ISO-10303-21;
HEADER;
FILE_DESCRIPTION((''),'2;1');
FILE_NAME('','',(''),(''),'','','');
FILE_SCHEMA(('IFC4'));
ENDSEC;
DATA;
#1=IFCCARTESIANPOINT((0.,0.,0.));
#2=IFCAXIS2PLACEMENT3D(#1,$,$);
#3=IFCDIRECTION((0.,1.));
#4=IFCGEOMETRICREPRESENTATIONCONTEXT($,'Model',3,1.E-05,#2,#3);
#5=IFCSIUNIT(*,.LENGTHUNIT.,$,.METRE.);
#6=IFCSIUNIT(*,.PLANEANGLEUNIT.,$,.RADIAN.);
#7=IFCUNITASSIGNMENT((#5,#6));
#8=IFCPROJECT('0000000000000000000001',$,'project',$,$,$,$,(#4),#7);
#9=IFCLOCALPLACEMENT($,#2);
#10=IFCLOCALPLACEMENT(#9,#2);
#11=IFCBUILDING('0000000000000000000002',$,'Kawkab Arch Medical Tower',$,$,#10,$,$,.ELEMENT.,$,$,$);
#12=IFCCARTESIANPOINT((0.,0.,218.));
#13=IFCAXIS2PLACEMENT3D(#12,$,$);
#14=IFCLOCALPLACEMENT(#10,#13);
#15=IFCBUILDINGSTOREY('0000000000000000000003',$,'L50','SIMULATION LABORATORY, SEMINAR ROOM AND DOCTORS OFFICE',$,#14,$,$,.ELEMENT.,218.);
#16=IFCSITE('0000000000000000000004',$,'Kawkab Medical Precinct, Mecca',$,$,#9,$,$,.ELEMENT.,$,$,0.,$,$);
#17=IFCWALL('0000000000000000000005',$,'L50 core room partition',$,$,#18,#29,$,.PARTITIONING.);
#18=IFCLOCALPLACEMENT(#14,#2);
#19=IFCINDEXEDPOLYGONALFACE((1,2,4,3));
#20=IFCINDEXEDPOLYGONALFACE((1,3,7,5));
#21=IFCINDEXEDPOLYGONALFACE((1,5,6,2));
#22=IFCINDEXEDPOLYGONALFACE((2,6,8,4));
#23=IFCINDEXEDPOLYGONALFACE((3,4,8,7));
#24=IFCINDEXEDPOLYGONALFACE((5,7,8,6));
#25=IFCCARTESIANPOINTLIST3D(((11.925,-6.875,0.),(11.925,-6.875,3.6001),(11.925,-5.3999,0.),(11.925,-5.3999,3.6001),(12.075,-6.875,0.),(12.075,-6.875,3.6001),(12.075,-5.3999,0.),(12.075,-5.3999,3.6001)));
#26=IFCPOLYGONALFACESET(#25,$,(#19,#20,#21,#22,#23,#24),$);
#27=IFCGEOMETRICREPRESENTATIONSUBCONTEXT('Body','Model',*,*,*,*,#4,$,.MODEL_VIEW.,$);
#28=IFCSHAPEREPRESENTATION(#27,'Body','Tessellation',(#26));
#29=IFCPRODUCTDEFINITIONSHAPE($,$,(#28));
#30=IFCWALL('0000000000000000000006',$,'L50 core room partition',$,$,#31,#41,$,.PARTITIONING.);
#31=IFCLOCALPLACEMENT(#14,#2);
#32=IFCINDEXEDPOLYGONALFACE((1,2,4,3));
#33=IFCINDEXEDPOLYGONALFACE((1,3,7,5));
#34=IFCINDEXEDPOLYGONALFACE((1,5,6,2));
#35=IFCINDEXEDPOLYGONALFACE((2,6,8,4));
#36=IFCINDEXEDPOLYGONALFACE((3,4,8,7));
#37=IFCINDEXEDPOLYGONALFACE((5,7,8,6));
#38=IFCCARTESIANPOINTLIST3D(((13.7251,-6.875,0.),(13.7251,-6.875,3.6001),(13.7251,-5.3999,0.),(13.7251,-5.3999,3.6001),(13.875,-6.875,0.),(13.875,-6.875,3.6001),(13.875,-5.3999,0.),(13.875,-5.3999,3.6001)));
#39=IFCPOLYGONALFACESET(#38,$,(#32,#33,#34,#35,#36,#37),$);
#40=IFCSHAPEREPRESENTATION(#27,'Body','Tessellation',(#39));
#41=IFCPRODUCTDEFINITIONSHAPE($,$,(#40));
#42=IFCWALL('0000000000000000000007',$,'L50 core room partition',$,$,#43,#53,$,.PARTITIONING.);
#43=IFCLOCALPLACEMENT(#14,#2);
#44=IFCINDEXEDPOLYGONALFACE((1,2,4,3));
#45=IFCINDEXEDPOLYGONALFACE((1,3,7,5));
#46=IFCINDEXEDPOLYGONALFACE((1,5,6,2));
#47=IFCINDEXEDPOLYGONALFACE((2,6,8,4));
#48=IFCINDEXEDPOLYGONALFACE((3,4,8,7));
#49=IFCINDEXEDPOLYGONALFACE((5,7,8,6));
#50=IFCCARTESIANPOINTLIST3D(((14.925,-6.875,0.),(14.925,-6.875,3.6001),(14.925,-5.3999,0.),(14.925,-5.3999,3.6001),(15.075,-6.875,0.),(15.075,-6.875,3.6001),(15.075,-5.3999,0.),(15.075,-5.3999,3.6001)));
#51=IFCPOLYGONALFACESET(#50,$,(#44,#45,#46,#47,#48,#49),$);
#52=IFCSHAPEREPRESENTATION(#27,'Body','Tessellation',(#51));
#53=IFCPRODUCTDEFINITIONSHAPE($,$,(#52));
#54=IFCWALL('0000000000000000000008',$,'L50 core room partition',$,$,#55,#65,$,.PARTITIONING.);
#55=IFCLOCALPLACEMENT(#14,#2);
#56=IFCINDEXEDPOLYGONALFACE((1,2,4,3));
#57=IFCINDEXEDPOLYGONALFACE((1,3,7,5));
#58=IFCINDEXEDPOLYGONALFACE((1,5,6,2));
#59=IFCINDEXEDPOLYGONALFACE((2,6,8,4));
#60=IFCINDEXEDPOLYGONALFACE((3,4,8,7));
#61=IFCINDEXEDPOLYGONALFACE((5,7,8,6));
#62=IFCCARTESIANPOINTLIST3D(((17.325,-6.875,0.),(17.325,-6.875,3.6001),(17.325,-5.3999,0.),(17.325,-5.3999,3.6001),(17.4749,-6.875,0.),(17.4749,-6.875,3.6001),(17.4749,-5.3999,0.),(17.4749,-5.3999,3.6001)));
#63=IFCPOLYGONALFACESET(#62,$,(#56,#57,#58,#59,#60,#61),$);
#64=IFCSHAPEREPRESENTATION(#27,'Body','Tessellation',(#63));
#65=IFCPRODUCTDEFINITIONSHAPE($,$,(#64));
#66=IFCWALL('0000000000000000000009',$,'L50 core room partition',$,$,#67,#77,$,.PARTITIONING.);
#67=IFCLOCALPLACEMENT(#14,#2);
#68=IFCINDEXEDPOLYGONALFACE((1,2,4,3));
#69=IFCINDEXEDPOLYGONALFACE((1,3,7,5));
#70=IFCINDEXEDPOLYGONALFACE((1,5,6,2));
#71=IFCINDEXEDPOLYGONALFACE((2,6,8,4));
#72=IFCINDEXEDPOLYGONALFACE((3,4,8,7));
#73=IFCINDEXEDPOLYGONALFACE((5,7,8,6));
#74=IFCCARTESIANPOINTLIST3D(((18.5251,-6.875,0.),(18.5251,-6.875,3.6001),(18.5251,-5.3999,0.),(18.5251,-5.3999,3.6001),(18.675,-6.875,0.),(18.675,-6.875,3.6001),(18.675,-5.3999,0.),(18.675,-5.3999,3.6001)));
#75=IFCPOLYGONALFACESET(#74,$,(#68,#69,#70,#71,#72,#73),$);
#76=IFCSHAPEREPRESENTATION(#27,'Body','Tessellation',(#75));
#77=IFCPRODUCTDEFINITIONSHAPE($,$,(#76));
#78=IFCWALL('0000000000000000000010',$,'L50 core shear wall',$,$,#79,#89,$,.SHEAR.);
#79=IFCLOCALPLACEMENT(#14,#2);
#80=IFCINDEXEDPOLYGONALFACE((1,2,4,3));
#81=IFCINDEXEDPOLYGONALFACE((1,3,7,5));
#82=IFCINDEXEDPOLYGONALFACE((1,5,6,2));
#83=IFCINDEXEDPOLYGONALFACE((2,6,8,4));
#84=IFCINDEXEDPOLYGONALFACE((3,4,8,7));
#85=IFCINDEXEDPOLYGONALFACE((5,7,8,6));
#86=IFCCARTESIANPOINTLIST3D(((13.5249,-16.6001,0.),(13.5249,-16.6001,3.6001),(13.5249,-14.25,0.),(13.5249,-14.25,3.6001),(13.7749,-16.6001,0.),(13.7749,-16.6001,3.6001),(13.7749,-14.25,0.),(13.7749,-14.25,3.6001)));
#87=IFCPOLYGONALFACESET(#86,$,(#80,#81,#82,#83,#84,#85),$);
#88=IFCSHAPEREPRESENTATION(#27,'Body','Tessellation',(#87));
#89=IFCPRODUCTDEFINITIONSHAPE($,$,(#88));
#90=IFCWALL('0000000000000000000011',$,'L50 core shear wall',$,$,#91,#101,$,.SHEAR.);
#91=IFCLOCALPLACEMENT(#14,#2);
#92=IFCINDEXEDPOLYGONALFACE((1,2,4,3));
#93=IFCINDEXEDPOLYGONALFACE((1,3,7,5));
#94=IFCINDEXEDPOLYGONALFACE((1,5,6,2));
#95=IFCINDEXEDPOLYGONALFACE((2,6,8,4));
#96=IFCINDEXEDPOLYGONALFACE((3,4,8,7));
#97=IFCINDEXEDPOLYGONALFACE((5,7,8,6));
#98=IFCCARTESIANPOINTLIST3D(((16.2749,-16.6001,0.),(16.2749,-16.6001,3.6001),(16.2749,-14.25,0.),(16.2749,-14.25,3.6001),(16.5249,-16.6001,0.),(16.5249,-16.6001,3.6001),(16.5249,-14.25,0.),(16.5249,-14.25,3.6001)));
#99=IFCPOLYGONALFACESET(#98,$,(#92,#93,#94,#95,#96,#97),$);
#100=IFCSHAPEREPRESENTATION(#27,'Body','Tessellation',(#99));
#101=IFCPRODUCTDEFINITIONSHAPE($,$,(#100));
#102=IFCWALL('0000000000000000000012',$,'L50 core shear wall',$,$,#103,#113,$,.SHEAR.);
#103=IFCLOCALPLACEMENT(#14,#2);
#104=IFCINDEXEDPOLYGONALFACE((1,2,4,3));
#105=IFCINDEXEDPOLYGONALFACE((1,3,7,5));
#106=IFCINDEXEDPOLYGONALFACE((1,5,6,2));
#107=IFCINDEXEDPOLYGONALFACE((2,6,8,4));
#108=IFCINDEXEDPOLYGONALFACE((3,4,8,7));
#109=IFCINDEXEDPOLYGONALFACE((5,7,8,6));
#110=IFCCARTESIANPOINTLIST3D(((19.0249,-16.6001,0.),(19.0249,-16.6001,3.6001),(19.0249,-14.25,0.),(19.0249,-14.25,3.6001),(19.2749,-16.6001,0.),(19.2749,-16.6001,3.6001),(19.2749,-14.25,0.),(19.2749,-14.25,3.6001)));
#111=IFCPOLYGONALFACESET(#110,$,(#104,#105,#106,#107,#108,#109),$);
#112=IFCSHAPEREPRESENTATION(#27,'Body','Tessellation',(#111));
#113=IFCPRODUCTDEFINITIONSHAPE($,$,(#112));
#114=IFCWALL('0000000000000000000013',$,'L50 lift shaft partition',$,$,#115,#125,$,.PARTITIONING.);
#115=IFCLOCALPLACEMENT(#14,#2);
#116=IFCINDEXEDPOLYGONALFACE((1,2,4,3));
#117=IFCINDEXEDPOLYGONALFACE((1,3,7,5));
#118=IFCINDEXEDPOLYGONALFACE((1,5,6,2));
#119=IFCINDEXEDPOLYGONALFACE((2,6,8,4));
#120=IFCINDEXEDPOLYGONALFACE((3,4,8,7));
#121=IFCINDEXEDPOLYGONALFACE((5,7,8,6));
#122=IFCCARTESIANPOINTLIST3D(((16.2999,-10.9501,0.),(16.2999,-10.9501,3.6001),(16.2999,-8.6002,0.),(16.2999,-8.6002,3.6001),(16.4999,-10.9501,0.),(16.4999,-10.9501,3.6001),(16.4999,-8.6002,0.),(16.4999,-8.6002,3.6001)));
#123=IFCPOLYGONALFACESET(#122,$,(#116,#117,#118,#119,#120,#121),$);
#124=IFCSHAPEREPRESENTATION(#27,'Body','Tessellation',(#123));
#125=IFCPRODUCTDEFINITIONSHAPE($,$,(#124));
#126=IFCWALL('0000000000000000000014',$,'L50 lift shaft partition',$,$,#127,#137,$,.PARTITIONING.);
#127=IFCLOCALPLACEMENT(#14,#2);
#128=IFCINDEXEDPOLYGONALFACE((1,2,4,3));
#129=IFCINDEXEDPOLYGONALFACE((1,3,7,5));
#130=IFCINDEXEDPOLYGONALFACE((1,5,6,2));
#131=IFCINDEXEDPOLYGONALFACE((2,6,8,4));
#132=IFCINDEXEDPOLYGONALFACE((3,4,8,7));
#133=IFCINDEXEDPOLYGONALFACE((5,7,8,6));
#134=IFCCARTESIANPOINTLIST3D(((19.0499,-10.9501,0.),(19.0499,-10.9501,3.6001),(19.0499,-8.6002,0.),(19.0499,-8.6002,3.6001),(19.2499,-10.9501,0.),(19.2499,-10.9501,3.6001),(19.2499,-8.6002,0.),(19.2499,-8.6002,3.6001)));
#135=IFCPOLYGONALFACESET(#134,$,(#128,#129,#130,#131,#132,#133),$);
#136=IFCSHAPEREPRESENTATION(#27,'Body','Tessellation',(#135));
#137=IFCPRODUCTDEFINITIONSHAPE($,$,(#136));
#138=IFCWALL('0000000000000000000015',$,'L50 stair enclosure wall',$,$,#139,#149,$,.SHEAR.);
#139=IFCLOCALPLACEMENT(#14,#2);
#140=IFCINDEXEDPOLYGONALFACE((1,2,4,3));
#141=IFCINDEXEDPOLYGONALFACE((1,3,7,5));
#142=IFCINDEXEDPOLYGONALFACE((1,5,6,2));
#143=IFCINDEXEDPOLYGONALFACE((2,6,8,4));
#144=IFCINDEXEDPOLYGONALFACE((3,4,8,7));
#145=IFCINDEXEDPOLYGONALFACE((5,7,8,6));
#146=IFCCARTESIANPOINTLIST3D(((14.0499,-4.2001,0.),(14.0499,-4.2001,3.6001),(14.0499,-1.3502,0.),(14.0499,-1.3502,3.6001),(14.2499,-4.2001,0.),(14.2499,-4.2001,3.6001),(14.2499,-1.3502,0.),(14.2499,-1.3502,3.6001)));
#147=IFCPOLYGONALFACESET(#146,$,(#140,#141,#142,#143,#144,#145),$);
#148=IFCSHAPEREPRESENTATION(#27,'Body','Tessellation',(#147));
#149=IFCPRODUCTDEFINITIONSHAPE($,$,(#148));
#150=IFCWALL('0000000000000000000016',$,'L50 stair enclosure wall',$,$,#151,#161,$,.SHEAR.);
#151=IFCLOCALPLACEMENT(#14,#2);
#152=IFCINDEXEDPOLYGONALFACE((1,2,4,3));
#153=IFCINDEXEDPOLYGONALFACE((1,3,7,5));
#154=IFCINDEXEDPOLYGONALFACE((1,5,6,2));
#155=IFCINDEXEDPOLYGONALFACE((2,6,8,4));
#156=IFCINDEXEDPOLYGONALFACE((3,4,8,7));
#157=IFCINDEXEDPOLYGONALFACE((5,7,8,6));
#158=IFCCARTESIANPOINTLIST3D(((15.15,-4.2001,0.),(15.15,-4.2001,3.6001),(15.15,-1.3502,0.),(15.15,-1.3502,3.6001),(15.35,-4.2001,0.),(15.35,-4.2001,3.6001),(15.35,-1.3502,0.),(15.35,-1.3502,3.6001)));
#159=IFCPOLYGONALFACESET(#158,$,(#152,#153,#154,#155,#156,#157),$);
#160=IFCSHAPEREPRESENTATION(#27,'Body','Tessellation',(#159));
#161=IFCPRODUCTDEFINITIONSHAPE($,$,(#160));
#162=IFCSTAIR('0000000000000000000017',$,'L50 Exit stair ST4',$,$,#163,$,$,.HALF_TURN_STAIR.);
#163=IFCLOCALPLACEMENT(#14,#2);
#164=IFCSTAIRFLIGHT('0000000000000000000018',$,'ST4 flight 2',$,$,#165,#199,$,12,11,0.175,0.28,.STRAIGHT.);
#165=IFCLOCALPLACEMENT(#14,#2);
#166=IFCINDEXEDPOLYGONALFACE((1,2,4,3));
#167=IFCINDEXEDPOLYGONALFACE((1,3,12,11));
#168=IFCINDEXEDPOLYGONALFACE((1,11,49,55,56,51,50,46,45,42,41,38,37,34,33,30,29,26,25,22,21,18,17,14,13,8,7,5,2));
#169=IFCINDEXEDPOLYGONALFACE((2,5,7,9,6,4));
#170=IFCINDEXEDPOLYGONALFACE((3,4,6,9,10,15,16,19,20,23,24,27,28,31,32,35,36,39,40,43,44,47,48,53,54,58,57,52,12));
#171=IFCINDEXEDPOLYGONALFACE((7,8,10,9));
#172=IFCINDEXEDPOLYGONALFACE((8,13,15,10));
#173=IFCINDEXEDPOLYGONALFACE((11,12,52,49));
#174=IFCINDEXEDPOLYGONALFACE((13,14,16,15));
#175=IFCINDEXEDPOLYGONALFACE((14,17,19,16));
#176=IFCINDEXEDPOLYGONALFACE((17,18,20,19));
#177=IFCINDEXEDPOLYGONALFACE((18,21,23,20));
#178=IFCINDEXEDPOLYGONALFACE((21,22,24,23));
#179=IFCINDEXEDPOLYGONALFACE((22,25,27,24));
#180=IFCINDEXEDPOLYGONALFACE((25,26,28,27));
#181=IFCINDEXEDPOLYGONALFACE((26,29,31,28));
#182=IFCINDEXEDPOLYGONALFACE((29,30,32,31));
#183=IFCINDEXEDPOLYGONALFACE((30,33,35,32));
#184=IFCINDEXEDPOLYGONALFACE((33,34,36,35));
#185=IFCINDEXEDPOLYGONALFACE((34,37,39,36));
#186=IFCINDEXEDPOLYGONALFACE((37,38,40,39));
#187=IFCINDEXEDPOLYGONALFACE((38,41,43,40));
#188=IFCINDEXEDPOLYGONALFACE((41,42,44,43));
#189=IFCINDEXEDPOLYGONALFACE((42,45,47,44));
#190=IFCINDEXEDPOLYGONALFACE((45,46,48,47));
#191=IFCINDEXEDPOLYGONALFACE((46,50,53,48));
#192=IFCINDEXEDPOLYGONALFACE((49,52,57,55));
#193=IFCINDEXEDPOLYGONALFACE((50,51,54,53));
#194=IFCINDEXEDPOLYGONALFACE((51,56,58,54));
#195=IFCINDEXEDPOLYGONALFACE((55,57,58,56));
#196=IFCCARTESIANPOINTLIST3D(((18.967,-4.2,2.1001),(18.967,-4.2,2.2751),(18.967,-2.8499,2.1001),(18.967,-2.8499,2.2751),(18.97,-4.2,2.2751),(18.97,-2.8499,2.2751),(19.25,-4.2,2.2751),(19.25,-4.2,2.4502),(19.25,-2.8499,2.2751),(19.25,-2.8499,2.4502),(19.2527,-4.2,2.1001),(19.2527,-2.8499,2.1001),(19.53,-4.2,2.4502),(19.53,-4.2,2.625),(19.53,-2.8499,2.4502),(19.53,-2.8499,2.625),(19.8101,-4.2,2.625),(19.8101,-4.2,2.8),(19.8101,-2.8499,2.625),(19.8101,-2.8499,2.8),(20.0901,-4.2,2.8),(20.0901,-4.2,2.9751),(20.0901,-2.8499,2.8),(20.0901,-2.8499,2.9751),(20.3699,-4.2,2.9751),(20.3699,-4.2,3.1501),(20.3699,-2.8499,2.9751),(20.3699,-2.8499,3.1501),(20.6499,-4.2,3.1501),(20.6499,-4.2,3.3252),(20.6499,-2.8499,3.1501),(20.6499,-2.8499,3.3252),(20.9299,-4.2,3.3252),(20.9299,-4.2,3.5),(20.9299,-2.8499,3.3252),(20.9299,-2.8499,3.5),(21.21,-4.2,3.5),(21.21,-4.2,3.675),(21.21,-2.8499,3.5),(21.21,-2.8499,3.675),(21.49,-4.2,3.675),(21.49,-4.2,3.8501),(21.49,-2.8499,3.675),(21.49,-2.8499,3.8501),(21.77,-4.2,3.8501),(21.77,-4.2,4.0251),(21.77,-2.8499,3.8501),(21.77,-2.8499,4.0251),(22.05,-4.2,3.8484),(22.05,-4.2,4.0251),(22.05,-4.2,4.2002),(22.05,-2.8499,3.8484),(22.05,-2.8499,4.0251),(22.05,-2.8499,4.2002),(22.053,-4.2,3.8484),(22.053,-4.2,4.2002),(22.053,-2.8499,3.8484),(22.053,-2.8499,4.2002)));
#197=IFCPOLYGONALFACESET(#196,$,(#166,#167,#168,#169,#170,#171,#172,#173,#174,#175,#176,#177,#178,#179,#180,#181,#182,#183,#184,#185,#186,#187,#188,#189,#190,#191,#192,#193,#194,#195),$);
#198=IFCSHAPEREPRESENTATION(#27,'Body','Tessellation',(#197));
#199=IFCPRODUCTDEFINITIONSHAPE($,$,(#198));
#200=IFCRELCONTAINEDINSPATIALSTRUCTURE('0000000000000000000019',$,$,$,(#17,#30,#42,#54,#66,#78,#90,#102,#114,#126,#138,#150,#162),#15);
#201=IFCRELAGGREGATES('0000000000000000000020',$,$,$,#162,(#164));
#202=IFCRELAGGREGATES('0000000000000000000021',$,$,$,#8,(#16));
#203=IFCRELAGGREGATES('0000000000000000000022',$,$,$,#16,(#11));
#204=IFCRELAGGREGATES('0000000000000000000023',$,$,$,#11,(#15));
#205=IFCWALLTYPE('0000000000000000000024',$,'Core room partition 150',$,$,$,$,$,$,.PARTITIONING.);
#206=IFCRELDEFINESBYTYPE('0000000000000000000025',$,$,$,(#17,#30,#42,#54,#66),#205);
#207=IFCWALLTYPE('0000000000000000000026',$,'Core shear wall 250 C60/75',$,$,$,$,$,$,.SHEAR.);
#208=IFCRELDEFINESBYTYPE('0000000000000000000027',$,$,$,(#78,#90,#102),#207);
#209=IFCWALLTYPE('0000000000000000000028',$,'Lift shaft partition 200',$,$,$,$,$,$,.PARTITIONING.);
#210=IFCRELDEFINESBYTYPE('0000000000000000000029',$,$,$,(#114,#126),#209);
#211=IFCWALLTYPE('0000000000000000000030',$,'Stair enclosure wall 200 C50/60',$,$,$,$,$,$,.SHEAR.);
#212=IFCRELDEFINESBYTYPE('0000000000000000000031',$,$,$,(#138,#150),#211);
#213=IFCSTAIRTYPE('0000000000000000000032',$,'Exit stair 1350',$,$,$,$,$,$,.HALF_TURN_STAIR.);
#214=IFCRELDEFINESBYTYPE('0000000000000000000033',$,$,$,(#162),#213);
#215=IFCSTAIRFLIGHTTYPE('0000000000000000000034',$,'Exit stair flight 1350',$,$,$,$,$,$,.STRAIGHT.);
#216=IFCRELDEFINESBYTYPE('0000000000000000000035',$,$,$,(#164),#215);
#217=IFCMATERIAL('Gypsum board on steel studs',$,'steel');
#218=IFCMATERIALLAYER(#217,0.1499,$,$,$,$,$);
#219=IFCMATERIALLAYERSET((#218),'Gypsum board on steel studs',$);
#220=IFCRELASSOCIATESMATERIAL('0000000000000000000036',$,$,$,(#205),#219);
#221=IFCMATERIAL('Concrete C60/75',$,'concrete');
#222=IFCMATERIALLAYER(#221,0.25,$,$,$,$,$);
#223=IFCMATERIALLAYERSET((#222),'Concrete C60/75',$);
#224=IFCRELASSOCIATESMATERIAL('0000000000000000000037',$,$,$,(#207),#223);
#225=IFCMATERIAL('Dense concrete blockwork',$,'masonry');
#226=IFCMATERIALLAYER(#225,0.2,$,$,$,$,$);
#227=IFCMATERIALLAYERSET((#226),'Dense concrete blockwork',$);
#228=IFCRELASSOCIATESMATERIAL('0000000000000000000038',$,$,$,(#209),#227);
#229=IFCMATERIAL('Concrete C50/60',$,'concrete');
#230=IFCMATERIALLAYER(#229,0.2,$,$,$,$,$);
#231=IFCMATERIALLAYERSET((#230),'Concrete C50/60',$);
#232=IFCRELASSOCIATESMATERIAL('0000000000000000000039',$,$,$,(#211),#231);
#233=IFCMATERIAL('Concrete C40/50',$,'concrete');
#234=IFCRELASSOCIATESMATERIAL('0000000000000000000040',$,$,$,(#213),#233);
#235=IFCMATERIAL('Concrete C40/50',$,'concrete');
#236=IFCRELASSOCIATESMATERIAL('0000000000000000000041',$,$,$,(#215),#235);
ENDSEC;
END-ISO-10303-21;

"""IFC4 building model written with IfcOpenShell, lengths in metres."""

from ifc_helpers import new_model, si_unit, direction, frame, frame_2d, origin, place, context, subcontext, project, spatial, polyline, rectangle, outline, extrude, material, layer, layer_set, type_object, element, aggregate, save


model = new_model("IFC4")

# Units and contexts
model_context = context("Model", 3, precision=1e-05, world=origin(), true_north=direction((0.0, 1.0)))
body_context = subcontext(model_context, "Body", "Model", "MODEL_VIEW")
ifc_project = project(units=[si_unit("LENGTHUNIT", "METRE"), si_unit("PLANEANGLEUNIT", "RADIAN")], contexts=[model_context])

# Site, building, storey
site_placement = place(None, origin())
site = spatial("IfcSite", under=ifc_project, at=site_placement, Name="Kawkab Medical Precinct, Mecca", CompositionType="ELEMENT", RefElevation=0.0)
building_placement = place(site_placement, origin())
building = spatial("IfcBuilding", under=site, at=building_placement, Name="Kawkab Arch Medical Tower", CompositionType="ELEMENT")
storey_placement = place(building_placement, frame((0.0, 0.0, 218.0)))
storey = spatial("IfcBuildingStorey", under=building, at=storey_placement, Name="L50", Description="SIMULATION LABORATORY, SEMINAR ROOM AND DOCTORS OFFICE", CompositionType="ELEMENT", Elevation=218.0)

# Walls
ifc_material_1 = material(Name="Gypsum board on steel studs", Category="steel")
ifc_layer_1 = layer(ifc_material_1, 0.1499)
ifc_layer_set_1 = layer_set([ifc_layer_1], Name="Gypsum board on steel studs")
wall_type_1 = type_object("IfcWallType", Name="Core room partition 150", PredefinedType="PARTITIONING", material=ifc_layer_set_1)
for number, where, z_axis, x_axis, name in (
    (1, (12.0, -6.875, 0.0), (0.0, 0.0, 1.0), (0.0, 1.0, 0.0), "L50 core room partition"),
    (2, (13.8, -6.875, 0.0), (0.0, 0.0, 1.0), (0.0, 1.0, 0.0), "L50 core room partition"),
    (3, (15.0, -6.875, 0.0), (0.0, 0.0, 1.0), (0.0, 1.0, 0.0), "L50 core room partition"),
    (4, (17.3999, -6.875, 0.0), (0.0, 0.0, 1.0), (0.0, 1.0, 0.0), "L50 core room partition"),
    (5, (18.6001, -6.875, 0.0), (0.0, 0.0, 1.0), (0.0, 1.0, 0.0), "L50 core room partition"),
):
    element("IfcWall", number, at=place(storey_placement, frame(where, z_axis=z_axis, x_axis=x_axis)), inside=storey, type_object=wall_type_1, Name=name, PredefinedType="PARTITIONING", context=body_context, shape_type="SweptSolid", body=[
        extrude(rectangle(XDim=1.4751, YDim=0.1499, at=frame_2d((0.7375, 0.0))), origin(), (0.0, 0.0, 1.0), 3.6001),
    ])
ifc_material_2 = material(Name="Concrete C60/75", Category="concrete")
ifc_layer_2 = layer(ifc_material_2, 0.25)
ifc_layer_set_2 = layer_set([ifc_layer_2], Name="Concrete C60/75")
wall_type_2 = type_object("IfcWallType", Name="Core shear wall 250 C60/75", PredefinedType="SHEAR", material=ifc_layer_set_2)
for number, where, z_axis, x_axis, name in (
    (6, (13.6499, -16.6001, 0.0), (0.0, 0.0, 1.0), (0.0, 1.0, 0.0), "L50 core shear wall"),
    (7, (16.3999, -16.6001, 0.0), (0.0, 0.0, 1.0), (0.0, 1.0, 0.0), "L50 core shear wall"),
    (8, (19.1499, -16.6001, 0.0), (0.0, 0.0, 1.0), (0.0, 1.0, 0.0), "L50 core shear wall"),
):
    element("IfcWall", number, at=place(storey_placement, frame(where, z_axis=z_axis, x_axis=x_axis)), inside=storey, type_object=wall_type_2, Name=name, PredefinedType="SHEAR", context=body_context, shape_type="SweptSolid", body=[
        extrude(rectangle(XDim=2.3501, YDim=0.25, at=frame_2d((1.175, 0.0))), origin(), (0.0, 0.0, 1.0), 3.6001),
    ])
ifc_material_3 = material(Name="Dense concrete blockwork", Category="masonry")
ifc_layer_3 = layer(ifc_material_3, 0.2)
ifc_layer_set_3 = layer_set([ifc_layer_3], Name="Dense concrete blockwork")
wall_type_3 = type_object("IfcWallType", Name="Lift shaft partition 200", PredefinedType="PARTITIONING", material=ifc_layer_set_3)
for number, where, z_axis, x_axis, name in (
    (9, (16.3999, -10.95, 0.0), (0.0, 0.0, 1.0), (0.0, 1.0, 0.0), "L50 lift shaft partition"),
    (10, (19.1499, -10.95, 0.0), (0.0, 0.0, 1.0), (0.0, 1.0, 0.0), "L50 lift shaft partition"),
):
    element("IfcWall", number, at=place(storey_placement, frame(where, z_axis=z_axis, x_axis=x_axis)), inside=storey, type_object=wall_type_3, Name=name, PredefinedType="PARTITIONING", context=body_context, shape_type="SweptSolid", body=[
        extrude(rectangle(XDim=2.3499, YDim=0.2, at=frame_2d((1.1748, 0.0))), origin(), (0.0, 0.0, 1.0), 3.6001),
    ])
ifc_material_4 = material(Name="Concrete C50/60", Category="concrete")
ifc_layer_4 = layer(ifc_material_4, 0.2)
ifc_layer_set_4 = layer_set([ifc_layer_4], Name="Concrete C50/60")
wall_type_4 = type_object("IfcWallType", Name="Stair enclosure wall 200 C50/60", PredefinedType="SHEAR", material=ifc_layer_set_4)
for number, where, z_axis, x_axis, name in (
    (11, (14.1499, -4.2, 0.0), (0.0, 0.0, 1.0), (0.0, 1.0, 0.0), "L50 stair enclosure wall"),
    (12, (15.25, -4.2, 0.0), (0.0, 0.0, 1.0), (0.0, 1.0, 0.0), "L50 stair enclosure wall"),
):
    element("IfcWall", number, at=place(storey_placement, frame(where, z_axis=z_axis, x_axis=x_axis)), inside=storey, type_object=wall_type_4, Name=name, PredefinedType="SHEAR", context=body_context, shape_type="SweptSolid", body=[
        extrude(rectangle(XDim=2.8499, YDim=0.2, at=frame_2d((1.4248, 0.0))), origin(), (0.0, 0.0, 1.0), 3.6001),
    ])

# Stair, stair flight
ifc_material_5 = material(Name="Concrete C40/50", Category="concrete")
stair_type = type_object("IfcStairType", Name="Exit stair 1350", PredefinedType="HALF_TURN_STAIR", material=ifc_material_5)
stair_placement = place(storey_placement, origin())
stair = element("IfcStair", 13, at=stair_placement, inside=storey, type_object=stair_type, Name="L50 Exit stair ST4", PredefinedType="HALF_TURN_STAIR")
ifc_material_6 = material(Name="Concrete C40/50", Category="concrete")
stair_flight_type = type_object("IfcStairFlightType", Name="Exit stair flight 1350", PredefinedType="STRAIGHT", material=ifc_material_6)
stair_flight_placement = place(storey_placement, frame((18.97, -3.5249, 2.1001), z_axis=(0.0, 0.0, 1.0), x_axis=(1.0, 0.0, 0.0)))
stair_flight = element("IfcStairFlight", 14, at=stair_flight_placement, type_object=stair_flight_type, Name="ST4 flight 2", NumberOfRisers=12, NumberOfTreads=11, PredefinedType="STRAIGHT", RiserHeight=0.175, TreadLength=0.28, context=body_context, shape_type="SweptSolid", body=[
    extrude(outline(polyline([(-0.0029, 0.0), (-0.0029, 0.175), (0.0, 0.175), (0.28, 0.175), (0.28, 0.3501), (0.5601, 0.3501), (0.5601, 0.5249), (0.8401, 0.5249), (0.8401, 0.7), (1.1201, 0.7), (1.1201, 0.875), (1.3999, 0.875), (1.3999, 1.05), (1.6799, 1.05), (1.6799, 1.2251), (1.96, 1.2251), (1.96, 1.3999), (2.24, 1.3999), (2.24, 1.575), (2.52, 1.575), (2.52, 1.75), (2.8, 1.75), (2.8, 1.925), (3.0801, 1.925), (3.0801, 2.1001), (3.083, 2.1001), (3.083, 1.7483), (3.0801, 1.7483), (0.2827, 0.0), (-0.0029, 0.0)])), frame((0.0, 0.675, 0.0), z_axis=(0.0, -1.0, 0.0), x_axis=(1.0, 0.0, 0.0)), (0.0, 0.0, 1.0), 1.3501),
])
aggregate(stair, [stair_flight])

save(model, "model.ifc")
